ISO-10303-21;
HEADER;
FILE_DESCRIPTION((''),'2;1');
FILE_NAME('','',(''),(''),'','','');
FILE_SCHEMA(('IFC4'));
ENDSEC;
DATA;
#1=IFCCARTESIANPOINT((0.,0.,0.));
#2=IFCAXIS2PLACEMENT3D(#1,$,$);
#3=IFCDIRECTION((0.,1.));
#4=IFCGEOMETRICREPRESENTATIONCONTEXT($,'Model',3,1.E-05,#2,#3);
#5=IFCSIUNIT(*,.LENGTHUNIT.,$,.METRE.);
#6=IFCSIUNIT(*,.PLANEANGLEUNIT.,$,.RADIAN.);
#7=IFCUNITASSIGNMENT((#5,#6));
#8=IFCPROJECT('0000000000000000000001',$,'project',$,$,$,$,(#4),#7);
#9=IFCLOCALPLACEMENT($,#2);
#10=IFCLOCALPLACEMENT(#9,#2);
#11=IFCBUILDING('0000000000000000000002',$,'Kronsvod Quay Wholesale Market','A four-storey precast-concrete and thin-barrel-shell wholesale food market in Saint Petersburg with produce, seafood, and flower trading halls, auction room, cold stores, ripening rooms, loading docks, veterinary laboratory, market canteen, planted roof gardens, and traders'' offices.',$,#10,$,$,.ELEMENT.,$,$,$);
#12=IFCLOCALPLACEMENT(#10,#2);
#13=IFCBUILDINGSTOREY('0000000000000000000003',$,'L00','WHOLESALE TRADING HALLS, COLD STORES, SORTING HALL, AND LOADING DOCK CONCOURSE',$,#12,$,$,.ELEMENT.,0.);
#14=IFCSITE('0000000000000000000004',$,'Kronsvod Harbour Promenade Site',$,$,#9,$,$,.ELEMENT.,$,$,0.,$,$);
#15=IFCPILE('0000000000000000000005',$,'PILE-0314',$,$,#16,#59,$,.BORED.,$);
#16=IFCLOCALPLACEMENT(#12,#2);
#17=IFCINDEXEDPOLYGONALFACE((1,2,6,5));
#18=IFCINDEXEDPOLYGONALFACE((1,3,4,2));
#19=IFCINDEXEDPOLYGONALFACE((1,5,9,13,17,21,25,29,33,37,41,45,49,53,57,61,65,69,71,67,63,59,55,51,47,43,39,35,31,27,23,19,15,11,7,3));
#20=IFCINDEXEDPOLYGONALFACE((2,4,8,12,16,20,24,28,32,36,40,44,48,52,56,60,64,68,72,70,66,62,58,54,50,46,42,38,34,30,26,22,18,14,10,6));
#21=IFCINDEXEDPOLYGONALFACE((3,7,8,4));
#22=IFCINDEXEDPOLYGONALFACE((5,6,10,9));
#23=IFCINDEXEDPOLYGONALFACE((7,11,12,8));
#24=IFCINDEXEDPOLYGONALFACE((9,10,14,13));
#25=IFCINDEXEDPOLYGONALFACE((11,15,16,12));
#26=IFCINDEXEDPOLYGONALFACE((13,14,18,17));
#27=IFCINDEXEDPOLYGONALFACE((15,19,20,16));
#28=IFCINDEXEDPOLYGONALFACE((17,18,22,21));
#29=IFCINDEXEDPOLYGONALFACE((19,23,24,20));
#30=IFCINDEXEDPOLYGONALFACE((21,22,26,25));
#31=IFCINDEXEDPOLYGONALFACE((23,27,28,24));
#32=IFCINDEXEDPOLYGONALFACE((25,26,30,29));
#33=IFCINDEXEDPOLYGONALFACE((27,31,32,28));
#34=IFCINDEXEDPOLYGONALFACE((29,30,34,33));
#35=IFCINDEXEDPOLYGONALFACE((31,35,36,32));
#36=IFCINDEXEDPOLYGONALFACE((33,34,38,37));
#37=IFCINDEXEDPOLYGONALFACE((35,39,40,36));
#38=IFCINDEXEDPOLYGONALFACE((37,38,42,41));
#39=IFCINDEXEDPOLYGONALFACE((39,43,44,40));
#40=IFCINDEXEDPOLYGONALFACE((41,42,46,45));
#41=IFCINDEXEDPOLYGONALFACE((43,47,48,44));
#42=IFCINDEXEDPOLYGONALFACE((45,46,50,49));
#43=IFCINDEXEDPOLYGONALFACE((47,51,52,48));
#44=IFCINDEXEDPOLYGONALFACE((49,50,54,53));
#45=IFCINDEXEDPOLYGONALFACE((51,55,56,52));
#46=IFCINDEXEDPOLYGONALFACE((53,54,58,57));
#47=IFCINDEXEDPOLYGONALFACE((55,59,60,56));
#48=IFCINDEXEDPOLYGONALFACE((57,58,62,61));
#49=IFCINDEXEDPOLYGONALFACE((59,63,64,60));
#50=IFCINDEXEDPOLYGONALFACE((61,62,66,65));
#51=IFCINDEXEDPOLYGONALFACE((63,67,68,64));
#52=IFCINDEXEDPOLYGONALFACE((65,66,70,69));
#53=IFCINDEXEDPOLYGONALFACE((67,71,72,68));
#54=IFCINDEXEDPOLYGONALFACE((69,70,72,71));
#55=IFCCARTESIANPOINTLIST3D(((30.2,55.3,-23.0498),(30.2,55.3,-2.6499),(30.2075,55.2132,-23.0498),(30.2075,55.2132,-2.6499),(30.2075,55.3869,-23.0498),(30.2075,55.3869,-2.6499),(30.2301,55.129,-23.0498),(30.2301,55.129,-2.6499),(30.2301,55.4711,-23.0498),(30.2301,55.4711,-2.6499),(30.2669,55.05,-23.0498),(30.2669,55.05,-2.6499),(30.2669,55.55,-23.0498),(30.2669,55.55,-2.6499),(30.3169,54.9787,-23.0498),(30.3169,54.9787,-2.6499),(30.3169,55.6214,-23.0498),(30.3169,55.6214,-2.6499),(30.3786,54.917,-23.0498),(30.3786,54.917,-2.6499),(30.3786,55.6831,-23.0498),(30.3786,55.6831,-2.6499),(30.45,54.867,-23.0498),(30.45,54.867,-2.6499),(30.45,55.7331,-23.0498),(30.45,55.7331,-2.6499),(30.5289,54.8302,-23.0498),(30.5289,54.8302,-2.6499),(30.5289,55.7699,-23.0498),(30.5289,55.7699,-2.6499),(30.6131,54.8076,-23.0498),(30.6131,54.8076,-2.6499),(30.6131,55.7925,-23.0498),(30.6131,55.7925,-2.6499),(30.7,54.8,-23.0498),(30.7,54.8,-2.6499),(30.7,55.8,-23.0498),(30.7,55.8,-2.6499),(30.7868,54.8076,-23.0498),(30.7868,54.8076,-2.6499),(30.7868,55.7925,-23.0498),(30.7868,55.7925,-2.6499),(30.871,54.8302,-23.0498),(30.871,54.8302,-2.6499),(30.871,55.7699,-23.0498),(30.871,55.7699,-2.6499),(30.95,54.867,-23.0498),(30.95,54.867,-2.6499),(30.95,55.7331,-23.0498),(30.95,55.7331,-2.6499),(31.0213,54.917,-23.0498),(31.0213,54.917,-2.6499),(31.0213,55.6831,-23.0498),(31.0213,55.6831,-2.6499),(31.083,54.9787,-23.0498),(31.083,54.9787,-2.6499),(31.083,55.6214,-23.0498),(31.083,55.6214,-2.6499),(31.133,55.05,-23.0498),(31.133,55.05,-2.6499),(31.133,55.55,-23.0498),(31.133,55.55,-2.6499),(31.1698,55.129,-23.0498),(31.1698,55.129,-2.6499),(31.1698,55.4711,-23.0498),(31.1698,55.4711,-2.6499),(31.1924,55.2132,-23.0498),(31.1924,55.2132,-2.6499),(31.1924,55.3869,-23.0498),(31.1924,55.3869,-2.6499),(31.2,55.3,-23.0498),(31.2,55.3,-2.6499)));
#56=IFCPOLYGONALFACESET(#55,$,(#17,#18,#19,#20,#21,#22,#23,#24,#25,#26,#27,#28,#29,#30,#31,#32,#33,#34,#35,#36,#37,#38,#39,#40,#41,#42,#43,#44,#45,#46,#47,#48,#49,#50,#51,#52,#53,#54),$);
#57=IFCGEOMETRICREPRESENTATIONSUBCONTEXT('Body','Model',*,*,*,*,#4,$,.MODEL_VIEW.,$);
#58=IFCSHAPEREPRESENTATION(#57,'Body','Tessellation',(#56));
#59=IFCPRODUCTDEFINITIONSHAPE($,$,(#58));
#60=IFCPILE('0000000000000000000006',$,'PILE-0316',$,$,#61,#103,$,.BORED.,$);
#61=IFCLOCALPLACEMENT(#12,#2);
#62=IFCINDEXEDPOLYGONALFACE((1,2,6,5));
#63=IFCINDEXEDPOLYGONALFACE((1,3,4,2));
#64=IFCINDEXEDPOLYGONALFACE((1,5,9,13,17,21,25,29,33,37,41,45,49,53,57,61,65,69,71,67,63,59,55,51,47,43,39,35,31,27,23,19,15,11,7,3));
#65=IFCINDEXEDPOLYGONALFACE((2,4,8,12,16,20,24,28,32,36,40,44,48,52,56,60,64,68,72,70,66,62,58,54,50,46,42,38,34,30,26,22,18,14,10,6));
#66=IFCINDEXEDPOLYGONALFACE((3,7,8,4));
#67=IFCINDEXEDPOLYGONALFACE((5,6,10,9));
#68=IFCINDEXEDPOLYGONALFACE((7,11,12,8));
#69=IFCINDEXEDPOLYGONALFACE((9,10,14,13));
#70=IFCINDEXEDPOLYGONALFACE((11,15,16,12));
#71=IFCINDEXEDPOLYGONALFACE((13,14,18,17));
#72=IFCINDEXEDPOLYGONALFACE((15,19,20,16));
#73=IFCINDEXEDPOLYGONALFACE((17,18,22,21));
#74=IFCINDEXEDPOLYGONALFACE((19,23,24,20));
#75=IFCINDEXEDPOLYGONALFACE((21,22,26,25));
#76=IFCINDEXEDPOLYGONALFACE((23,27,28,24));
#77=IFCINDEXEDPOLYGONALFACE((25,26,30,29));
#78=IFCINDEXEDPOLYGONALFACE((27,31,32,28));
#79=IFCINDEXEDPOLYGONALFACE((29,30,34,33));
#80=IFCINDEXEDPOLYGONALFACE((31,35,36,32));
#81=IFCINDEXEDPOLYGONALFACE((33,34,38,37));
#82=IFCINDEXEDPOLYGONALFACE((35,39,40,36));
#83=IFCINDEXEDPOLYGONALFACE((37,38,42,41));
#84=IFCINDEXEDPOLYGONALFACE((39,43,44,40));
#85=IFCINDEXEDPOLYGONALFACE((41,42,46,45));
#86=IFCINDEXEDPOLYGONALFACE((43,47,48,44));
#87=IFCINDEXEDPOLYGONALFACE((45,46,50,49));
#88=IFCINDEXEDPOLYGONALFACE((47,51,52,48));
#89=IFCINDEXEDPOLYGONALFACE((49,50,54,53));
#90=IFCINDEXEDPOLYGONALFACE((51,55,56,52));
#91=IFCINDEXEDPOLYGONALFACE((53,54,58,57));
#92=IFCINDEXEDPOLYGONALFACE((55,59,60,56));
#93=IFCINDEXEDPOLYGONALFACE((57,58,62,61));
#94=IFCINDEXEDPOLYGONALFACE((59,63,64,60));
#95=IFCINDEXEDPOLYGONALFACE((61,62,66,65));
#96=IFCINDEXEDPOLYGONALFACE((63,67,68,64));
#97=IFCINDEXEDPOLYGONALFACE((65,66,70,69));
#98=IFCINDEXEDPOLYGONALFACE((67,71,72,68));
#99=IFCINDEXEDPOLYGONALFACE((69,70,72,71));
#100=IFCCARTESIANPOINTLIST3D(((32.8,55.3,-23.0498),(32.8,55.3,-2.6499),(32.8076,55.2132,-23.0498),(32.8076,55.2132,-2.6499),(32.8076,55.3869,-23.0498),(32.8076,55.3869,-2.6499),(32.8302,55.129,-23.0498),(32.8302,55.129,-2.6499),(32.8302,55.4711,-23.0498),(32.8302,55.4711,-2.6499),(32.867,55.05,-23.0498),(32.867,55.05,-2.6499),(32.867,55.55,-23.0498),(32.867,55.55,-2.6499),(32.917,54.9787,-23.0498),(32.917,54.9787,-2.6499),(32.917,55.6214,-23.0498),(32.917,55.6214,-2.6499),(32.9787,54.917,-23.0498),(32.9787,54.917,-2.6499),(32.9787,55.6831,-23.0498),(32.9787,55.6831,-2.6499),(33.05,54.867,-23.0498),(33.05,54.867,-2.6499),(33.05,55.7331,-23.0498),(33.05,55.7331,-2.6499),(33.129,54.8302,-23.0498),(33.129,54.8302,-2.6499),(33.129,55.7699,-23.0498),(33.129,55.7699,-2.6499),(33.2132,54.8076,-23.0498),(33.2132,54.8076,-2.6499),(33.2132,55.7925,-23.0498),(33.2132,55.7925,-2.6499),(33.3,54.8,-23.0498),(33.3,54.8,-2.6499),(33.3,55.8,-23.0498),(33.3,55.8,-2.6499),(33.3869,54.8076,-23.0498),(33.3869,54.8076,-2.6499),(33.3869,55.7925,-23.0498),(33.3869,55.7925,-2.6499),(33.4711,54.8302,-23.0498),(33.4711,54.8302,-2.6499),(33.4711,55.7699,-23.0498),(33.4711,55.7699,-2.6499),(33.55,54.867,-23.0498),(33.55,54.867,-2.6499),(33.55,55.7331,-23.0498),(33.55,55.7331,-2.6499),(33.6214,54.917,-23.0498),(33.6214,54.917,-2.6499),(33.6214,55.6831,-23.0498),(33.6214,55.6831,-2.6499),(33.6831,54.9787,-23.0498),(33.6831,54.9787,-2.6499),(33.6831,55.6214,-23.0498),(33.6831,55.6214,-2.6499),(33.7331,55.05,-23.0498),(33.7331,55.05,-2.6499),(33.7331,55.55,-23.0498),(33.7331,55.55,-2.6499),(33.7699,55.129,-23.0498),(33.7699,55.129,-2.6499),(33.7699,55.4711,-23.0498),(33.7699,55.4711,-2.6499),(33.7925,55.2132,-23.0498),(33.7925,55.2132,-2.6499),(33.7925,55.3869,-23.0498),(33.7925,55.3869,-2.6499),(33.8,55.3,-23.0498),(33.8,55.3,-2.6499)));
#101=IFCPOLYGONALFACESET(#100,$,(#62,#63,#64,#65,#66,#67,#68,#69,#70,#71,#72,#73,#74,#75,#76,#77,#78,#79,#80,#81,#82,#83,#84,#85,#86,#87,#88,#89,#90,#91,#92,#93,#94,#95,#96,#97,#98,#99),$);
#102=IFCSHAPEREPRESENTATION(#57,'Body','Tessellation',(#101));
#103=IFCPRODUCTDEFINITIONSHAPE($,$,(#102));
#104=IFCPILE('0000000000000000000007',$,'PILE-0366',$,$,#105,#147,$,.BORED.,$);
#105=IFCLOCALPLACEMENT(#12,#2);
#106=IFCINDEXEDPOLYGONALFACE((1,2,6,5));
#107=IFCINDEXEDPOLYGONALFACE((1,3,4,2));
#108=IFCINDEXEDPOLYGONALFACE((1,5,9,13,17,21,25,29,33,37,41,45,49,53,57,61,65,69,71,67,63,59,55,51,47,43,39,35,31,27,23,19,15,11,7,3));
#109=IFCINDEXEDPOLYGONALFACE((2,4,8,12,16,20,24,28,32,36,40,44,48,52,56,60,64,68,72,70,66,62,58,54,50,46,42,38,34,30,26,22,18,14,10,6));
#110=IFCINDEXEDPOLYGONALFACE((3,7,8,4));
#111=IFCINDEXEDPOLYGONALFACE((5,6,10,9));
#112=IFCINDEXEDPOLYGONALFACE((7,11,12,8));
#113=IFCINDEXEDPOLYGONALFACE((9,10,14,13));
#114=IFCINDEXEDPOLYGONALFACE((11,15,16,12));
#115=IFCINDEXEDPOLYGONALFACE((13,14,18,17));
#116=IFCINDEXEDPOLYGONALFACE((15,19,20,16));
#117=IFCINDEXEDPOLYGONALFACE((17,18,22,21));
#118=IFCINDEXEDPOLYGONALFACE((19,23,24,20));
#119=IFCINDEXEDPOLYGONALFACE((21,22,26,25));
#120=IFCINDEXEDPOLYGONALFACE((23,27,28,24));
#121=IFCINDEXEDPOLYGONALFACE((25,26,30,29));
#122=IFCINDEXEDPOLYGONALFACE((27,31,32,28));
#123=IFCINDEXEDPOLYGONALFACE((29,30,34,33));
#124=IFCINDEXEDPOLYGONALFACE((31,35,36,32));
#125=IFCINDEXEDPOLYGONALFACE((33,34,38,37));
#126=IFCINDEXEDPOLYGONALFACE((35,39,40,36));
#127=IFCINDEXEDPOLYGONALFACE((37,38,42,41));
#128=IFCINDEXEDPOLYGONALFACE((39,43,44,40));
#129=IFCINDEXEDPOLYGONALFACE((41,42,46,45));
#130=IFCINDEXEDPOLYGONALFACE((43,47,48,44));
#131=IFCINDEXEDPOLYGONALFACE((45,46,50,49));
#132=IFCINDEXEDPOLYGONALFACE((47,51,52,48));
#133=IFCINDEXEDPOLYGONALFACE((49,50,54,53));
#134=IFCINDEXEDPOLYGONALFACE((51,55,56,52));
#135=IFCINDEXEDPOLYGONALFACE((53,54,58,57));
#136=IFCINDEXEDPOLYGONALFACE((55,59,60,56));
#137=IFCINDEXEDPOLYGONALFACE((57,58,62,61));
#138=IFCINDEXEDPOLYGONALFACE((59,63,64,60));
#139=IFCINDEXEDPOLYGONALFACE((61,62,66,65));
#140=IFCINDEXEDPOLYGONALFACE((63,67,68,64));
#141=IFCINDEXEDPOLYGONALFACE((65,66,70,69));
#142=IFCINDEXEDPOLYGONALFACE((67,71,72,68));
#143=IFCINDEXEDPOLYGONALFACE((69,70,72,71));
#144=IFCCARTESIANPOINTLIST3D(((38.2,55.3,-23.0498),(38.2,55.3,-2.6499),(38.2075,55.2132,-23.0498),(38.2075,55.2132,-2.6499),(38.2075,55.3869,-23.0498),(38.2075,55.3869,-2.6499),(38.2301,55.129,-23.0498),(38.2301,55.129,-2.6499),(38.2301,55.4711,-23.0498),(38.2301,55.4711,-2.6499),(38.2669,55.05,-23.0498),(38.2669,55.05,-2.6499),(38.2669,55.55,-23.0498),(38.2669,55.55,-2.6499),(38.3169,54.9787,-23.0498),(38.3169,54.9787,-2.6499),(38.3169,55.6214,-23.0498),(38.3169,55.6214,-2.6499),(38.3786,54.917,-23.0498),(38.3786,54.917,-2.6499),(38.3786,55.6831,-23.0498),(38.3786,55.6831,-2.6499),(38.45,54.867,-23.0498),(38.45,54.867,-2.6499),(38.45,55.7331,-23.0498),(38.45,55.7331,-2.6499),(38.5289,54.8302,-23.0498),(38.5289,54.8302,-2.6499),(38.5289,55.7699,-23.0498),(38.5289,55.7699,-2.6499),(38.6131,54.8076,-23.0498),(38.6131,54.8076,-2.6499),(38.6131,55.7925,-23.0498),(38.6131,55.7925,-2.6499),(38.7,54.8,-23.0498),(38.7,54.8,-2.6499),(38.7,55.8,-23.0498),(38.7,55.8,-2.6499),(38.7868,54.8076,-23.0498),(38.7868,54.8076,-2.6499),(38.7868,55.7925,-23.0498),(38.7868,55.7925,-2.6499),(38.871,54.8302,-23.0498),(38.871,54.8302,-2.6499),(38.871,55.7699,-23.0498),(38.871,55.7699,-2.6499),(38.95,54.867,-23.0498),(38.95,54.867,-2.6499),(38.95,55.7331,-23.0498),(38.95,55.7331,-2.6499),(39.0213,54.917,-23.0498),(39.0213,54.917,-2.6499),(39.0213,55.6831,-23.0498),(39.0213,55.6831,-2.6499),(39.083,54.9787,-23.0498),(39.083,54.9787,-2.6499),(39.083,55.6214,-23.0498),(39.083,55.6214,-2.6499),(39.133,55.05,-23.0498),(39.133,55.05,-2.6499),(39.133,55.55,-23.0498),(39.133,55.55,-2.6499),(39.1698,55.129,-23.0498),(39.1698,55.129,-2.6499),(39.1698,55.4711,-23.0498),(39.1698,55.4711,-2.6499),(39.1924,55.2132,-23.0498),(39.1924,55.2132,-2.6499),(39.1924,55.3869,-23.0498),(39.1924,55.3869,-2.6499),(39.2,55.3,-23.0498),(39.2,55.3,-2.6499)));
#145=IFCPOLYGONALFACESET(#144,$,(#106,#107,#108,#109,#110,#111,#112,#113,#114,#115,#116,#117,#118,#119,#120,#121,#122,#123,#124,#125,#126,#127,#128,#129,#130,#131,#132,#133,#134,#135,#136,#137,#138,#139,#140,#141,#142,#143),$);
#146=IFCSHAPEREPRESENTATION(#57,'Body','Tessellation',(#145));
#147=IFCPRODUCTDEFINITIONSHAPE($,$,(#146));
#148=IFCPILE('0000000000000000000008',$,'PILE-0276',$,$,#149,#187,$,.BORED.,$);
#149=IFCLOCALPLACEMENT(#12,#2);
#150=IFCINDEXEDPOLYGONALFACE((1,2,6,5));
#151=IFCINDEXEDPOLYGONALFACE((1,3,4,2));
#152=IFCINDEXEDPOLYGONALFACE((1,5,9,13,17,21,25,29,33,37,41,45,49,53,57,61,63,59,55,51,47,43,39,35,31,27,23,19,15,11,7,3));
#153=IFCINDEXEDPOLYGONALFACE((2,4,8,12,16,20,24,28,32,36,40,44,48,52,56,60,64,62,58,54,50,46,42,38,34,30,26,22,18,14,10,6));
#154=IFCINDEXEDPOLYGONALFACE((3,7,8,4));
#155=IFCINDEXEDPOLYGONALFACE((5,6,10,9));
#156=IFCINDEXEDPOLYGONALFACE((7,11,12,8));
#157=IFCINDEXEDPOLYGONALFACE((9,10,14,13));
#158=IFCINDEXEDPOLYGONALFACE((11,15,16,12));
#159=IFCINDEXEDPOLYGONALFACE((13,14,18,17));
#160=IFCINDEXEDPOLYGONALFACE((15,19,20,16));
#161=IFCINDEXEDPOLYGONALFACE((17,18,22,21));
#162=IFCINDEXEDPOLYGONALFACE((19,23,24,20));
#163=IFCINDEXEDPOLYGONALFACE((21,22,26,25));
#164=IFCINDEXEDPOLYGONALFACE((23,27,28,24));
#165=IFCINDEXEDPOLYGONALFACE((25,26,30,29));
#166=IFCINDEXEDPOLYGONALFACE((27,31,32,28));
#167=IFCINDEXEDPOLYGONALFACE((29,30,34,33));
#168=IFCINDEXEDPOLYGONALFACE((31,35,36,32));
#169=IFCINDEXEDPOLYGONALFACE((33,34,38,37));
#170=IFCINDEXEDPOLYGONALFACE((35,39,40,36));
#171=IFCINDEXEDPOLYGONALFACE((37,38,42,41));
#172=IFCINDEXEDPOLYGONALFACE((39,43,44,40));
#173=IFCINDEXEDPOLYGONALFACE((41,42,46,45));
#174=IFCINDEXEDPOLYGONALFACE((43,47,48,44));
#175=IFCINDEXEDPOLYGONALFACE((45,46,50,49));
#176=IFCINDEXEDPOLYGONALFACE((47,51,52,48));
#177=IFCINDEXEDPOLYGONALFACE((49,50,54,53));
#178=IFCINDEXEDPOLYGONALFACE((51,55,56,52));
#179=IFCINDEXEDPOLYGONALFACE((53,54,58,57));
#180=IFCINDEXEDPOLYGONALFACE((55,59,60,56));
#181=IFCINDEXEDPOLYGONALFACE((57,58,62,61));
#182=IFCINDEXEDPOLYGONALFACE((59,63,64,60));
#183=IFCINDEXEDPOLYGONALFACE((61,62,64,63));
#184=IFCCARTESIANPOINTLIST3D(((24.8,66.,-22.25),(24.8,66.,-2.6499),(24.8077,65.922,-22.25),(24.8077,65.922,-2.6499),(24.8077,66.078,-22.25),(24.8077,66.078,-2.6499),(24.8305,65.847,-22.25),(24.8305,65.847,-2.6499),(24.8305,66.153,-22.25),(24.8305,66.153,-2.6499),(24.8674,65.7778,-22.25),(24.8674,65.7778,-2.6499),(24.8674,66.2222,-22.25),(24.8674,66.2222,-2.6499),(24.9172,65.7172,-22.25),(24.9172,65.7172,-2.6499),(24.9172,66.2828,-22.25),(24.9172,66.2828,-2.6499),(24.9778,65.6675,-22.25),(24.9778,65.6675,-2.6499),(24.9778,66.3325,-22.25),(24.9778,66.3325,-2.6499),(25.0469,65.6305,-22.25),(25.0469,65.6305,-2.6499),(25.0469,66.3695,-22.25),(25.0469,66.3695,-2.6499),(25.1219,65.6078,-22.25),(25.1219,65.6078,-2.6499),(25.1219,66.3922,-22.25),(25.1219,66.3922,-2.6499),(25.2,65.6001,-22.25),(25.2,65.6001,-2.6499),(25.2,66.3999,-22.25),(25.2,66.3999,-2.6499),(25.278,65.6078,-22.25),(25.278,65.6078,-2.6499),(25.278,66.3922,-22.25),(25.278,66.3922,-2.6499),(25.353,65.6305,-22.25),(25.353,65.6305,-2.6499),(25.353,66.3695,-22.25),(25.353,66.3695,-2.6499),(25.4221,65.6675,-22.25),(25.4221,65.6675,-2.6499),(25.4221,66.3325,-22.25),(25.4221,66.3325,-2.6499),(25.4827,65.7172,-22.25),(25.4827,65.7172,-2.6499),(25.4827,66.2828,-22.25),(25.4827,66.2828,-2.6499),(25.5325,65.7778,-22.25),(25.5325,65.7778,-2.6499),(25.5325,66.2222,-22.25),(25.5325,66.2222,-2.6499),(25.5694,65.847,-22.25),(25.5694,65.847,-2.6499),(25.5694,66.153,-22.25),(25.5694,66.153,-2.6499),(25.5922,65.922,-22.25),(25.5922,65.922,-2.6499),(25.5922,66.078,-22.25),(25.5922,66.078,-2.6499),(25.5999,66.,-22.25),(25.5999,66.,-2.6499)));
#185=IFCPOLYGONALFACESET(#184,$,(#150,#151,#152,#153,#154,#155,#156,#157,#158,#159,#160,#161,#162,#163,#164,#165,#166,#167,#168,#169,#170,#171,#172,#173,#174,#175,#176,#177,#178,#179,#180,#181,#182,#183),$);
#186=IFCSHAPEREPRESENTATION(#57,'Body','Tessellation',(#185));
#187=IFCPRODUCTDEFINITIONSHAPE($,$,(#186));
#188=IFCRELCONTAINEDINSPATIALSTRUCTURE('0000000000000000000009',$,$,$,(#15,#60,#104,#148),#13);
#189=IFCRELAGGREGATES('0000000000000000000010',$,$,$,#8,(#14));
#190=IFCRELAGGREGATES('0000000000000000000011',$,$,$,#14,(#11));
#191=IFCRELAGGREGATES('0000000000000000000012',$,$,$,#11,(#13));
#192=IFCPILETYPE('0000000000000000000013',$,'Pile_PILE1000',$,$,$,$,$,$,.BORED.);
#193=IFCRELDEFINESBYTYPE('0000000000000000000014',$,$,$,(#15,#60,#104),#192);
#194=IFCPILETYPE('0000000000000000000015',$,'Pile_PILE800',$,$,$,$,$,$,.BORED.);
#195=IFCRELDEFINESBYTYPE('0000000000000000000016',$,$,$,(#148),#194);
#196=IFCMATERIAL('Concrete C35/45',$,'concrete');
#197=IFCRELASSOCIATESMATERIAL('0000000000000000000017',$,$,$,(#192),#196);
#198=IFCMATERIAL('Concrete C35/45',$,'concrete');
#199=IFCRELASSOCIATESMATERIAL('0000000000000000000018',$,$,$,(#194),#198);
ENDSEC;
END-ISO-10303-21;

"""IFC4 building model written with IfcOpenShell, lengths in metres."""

from ifc_helpers import new_model, si_unit, direction, frame, origin, origin_2d, place, context, subcontext, project, spatial, circle, extrude, material, material_profile, profile_set, type_object, element, save


model = new_model("IFC4")

# Units and contexts
model_context = context("Model", 3, precision=1e-05, world=origin(), true_north=direction((0.0, 1.0)))
body_context = subcontext(model_context, "Body", "Model", "MODEL_VIEW")
ifc_project = project(units=[si_unit("LENGTHUNIT", "METRE"), si_unit("PLANEANGLEUNIT", "RADIAN")], contexts=[model_context])

# Site, building, storey
site_placement = place(None, origin())
site = spatial("IfcSite", under=ifc_project, at=site_placement, Name="Kronsvod Harbour Promenade Site", CompositionType="ELEMENT", RefElevation=0.0)
building_placement = place(site_placement, origin())
building = spatial("IfcBuilding", under=site, at=building_placement, Name="Kronsvod Quay Wholesale Market", Description="A four-storey precast-concrete and thin-barrel-shell wholesale food market in Saint Petersburg with produce, seafood, and flower trading halls, auction room, cold stores, ripening rooms, loading docks, veterinary laboratory, market canteen, planted roof gardens, and traders' offices.", CompositionType="ELEMENT")
storey_placement = place(building_placement, origin())
storey = spatial("IfcBuildingStorey", under=building, at=storey_placement, Name="L00", Description="WHOLESALE TRADING HALLS, COLD STORES, SORTING HALL, AND LOADING DOCK CONCOURSE", CompositionType="ELEMENT", Elevation=0.0)

# Piles
ifc_material_1 = material(Name="Concrete C35/45", Category="concrete")
ifc_material_profile_1 = material_profile(ifc_material_1, circle(Radius=0.5, at=origin_2d()), Name="PILE1000")
ifc_profile_set_1 = profile_set([ifc_material_profile_1], Name="Concrete C35/45")
pile_type_1 = type_object("IfcPileType", Name="Pile_PILE1000", PredefinedType="BORED", material=ifc_profile_set_1)
for number, where, z_axis, x_axis, name in (
    (1, (30.7, 55.3, -2.6499), (0.0, 0.0, -1.0), (1.0, 0.0, 0.0), "PILE-0314"),
    (2, (33.3, 55.3, -2.6499), (0.0, 0.0, -1.0), (1.0, 0.0, 0.0), "PILE-0316"),
    (3, (38.7, 55.3, -2.6499), (0.0, 0.0, -1.0), (1.0, 0.0, 0.0), "PILE-0366"),
):
    element("IfcPile", number, at=place(storey_placement, frame(where, z_axis=z_axis, x_axis=x_axis)), inside=storey, type_object=pile_type_1, Name=name, PredefinedType="BORED", context=body_context, shape_type="SweptSolid", body=[
        extrude(circle(Radius=0.5, at=origin_2d()), origin(), (0.0, 0.0, 1.0), 20.3999),
    ])
ifc_material_2 = material(Name="Concrete C35/45", Category="concrete")
ifc_material_profile_2 = material_profile(ifc_material_2, circle(Radius=0.3999, at=origin_2d()), Name="PILE800")
ifc_profile_set_2 = profile_set([ifc_material_profile_2], Name="Concrete C35/45")
pile_type_2 = type_object("IfcPileType", Name="Pile_PILE800", PredefinedType="BORED", material=ifc_profile_set_2)
for number, where, z_axis, x_axis, name in (
    (4, (25.2, 66.0, -2.6499), (0.0, 0.0, -1.0), (1.0, 0.0, 0.0), "PILE-0276"),
):
    element("IfcPile", number, at=place(storey_placement, frame(where, z_axis=z_axis, x_axis=x_axis)), inside=storey, type_object=pile_type_2, Name=name, PredefinedType="BORED", context=body_context, shape_type="SweptSolid", body=[
        extrude(circle(Radius=0.3999, at=origin_2d()), origin(), (0.0, 0.0, 1.0), 19.6001),
    ])

save(model, "model.ifc")
